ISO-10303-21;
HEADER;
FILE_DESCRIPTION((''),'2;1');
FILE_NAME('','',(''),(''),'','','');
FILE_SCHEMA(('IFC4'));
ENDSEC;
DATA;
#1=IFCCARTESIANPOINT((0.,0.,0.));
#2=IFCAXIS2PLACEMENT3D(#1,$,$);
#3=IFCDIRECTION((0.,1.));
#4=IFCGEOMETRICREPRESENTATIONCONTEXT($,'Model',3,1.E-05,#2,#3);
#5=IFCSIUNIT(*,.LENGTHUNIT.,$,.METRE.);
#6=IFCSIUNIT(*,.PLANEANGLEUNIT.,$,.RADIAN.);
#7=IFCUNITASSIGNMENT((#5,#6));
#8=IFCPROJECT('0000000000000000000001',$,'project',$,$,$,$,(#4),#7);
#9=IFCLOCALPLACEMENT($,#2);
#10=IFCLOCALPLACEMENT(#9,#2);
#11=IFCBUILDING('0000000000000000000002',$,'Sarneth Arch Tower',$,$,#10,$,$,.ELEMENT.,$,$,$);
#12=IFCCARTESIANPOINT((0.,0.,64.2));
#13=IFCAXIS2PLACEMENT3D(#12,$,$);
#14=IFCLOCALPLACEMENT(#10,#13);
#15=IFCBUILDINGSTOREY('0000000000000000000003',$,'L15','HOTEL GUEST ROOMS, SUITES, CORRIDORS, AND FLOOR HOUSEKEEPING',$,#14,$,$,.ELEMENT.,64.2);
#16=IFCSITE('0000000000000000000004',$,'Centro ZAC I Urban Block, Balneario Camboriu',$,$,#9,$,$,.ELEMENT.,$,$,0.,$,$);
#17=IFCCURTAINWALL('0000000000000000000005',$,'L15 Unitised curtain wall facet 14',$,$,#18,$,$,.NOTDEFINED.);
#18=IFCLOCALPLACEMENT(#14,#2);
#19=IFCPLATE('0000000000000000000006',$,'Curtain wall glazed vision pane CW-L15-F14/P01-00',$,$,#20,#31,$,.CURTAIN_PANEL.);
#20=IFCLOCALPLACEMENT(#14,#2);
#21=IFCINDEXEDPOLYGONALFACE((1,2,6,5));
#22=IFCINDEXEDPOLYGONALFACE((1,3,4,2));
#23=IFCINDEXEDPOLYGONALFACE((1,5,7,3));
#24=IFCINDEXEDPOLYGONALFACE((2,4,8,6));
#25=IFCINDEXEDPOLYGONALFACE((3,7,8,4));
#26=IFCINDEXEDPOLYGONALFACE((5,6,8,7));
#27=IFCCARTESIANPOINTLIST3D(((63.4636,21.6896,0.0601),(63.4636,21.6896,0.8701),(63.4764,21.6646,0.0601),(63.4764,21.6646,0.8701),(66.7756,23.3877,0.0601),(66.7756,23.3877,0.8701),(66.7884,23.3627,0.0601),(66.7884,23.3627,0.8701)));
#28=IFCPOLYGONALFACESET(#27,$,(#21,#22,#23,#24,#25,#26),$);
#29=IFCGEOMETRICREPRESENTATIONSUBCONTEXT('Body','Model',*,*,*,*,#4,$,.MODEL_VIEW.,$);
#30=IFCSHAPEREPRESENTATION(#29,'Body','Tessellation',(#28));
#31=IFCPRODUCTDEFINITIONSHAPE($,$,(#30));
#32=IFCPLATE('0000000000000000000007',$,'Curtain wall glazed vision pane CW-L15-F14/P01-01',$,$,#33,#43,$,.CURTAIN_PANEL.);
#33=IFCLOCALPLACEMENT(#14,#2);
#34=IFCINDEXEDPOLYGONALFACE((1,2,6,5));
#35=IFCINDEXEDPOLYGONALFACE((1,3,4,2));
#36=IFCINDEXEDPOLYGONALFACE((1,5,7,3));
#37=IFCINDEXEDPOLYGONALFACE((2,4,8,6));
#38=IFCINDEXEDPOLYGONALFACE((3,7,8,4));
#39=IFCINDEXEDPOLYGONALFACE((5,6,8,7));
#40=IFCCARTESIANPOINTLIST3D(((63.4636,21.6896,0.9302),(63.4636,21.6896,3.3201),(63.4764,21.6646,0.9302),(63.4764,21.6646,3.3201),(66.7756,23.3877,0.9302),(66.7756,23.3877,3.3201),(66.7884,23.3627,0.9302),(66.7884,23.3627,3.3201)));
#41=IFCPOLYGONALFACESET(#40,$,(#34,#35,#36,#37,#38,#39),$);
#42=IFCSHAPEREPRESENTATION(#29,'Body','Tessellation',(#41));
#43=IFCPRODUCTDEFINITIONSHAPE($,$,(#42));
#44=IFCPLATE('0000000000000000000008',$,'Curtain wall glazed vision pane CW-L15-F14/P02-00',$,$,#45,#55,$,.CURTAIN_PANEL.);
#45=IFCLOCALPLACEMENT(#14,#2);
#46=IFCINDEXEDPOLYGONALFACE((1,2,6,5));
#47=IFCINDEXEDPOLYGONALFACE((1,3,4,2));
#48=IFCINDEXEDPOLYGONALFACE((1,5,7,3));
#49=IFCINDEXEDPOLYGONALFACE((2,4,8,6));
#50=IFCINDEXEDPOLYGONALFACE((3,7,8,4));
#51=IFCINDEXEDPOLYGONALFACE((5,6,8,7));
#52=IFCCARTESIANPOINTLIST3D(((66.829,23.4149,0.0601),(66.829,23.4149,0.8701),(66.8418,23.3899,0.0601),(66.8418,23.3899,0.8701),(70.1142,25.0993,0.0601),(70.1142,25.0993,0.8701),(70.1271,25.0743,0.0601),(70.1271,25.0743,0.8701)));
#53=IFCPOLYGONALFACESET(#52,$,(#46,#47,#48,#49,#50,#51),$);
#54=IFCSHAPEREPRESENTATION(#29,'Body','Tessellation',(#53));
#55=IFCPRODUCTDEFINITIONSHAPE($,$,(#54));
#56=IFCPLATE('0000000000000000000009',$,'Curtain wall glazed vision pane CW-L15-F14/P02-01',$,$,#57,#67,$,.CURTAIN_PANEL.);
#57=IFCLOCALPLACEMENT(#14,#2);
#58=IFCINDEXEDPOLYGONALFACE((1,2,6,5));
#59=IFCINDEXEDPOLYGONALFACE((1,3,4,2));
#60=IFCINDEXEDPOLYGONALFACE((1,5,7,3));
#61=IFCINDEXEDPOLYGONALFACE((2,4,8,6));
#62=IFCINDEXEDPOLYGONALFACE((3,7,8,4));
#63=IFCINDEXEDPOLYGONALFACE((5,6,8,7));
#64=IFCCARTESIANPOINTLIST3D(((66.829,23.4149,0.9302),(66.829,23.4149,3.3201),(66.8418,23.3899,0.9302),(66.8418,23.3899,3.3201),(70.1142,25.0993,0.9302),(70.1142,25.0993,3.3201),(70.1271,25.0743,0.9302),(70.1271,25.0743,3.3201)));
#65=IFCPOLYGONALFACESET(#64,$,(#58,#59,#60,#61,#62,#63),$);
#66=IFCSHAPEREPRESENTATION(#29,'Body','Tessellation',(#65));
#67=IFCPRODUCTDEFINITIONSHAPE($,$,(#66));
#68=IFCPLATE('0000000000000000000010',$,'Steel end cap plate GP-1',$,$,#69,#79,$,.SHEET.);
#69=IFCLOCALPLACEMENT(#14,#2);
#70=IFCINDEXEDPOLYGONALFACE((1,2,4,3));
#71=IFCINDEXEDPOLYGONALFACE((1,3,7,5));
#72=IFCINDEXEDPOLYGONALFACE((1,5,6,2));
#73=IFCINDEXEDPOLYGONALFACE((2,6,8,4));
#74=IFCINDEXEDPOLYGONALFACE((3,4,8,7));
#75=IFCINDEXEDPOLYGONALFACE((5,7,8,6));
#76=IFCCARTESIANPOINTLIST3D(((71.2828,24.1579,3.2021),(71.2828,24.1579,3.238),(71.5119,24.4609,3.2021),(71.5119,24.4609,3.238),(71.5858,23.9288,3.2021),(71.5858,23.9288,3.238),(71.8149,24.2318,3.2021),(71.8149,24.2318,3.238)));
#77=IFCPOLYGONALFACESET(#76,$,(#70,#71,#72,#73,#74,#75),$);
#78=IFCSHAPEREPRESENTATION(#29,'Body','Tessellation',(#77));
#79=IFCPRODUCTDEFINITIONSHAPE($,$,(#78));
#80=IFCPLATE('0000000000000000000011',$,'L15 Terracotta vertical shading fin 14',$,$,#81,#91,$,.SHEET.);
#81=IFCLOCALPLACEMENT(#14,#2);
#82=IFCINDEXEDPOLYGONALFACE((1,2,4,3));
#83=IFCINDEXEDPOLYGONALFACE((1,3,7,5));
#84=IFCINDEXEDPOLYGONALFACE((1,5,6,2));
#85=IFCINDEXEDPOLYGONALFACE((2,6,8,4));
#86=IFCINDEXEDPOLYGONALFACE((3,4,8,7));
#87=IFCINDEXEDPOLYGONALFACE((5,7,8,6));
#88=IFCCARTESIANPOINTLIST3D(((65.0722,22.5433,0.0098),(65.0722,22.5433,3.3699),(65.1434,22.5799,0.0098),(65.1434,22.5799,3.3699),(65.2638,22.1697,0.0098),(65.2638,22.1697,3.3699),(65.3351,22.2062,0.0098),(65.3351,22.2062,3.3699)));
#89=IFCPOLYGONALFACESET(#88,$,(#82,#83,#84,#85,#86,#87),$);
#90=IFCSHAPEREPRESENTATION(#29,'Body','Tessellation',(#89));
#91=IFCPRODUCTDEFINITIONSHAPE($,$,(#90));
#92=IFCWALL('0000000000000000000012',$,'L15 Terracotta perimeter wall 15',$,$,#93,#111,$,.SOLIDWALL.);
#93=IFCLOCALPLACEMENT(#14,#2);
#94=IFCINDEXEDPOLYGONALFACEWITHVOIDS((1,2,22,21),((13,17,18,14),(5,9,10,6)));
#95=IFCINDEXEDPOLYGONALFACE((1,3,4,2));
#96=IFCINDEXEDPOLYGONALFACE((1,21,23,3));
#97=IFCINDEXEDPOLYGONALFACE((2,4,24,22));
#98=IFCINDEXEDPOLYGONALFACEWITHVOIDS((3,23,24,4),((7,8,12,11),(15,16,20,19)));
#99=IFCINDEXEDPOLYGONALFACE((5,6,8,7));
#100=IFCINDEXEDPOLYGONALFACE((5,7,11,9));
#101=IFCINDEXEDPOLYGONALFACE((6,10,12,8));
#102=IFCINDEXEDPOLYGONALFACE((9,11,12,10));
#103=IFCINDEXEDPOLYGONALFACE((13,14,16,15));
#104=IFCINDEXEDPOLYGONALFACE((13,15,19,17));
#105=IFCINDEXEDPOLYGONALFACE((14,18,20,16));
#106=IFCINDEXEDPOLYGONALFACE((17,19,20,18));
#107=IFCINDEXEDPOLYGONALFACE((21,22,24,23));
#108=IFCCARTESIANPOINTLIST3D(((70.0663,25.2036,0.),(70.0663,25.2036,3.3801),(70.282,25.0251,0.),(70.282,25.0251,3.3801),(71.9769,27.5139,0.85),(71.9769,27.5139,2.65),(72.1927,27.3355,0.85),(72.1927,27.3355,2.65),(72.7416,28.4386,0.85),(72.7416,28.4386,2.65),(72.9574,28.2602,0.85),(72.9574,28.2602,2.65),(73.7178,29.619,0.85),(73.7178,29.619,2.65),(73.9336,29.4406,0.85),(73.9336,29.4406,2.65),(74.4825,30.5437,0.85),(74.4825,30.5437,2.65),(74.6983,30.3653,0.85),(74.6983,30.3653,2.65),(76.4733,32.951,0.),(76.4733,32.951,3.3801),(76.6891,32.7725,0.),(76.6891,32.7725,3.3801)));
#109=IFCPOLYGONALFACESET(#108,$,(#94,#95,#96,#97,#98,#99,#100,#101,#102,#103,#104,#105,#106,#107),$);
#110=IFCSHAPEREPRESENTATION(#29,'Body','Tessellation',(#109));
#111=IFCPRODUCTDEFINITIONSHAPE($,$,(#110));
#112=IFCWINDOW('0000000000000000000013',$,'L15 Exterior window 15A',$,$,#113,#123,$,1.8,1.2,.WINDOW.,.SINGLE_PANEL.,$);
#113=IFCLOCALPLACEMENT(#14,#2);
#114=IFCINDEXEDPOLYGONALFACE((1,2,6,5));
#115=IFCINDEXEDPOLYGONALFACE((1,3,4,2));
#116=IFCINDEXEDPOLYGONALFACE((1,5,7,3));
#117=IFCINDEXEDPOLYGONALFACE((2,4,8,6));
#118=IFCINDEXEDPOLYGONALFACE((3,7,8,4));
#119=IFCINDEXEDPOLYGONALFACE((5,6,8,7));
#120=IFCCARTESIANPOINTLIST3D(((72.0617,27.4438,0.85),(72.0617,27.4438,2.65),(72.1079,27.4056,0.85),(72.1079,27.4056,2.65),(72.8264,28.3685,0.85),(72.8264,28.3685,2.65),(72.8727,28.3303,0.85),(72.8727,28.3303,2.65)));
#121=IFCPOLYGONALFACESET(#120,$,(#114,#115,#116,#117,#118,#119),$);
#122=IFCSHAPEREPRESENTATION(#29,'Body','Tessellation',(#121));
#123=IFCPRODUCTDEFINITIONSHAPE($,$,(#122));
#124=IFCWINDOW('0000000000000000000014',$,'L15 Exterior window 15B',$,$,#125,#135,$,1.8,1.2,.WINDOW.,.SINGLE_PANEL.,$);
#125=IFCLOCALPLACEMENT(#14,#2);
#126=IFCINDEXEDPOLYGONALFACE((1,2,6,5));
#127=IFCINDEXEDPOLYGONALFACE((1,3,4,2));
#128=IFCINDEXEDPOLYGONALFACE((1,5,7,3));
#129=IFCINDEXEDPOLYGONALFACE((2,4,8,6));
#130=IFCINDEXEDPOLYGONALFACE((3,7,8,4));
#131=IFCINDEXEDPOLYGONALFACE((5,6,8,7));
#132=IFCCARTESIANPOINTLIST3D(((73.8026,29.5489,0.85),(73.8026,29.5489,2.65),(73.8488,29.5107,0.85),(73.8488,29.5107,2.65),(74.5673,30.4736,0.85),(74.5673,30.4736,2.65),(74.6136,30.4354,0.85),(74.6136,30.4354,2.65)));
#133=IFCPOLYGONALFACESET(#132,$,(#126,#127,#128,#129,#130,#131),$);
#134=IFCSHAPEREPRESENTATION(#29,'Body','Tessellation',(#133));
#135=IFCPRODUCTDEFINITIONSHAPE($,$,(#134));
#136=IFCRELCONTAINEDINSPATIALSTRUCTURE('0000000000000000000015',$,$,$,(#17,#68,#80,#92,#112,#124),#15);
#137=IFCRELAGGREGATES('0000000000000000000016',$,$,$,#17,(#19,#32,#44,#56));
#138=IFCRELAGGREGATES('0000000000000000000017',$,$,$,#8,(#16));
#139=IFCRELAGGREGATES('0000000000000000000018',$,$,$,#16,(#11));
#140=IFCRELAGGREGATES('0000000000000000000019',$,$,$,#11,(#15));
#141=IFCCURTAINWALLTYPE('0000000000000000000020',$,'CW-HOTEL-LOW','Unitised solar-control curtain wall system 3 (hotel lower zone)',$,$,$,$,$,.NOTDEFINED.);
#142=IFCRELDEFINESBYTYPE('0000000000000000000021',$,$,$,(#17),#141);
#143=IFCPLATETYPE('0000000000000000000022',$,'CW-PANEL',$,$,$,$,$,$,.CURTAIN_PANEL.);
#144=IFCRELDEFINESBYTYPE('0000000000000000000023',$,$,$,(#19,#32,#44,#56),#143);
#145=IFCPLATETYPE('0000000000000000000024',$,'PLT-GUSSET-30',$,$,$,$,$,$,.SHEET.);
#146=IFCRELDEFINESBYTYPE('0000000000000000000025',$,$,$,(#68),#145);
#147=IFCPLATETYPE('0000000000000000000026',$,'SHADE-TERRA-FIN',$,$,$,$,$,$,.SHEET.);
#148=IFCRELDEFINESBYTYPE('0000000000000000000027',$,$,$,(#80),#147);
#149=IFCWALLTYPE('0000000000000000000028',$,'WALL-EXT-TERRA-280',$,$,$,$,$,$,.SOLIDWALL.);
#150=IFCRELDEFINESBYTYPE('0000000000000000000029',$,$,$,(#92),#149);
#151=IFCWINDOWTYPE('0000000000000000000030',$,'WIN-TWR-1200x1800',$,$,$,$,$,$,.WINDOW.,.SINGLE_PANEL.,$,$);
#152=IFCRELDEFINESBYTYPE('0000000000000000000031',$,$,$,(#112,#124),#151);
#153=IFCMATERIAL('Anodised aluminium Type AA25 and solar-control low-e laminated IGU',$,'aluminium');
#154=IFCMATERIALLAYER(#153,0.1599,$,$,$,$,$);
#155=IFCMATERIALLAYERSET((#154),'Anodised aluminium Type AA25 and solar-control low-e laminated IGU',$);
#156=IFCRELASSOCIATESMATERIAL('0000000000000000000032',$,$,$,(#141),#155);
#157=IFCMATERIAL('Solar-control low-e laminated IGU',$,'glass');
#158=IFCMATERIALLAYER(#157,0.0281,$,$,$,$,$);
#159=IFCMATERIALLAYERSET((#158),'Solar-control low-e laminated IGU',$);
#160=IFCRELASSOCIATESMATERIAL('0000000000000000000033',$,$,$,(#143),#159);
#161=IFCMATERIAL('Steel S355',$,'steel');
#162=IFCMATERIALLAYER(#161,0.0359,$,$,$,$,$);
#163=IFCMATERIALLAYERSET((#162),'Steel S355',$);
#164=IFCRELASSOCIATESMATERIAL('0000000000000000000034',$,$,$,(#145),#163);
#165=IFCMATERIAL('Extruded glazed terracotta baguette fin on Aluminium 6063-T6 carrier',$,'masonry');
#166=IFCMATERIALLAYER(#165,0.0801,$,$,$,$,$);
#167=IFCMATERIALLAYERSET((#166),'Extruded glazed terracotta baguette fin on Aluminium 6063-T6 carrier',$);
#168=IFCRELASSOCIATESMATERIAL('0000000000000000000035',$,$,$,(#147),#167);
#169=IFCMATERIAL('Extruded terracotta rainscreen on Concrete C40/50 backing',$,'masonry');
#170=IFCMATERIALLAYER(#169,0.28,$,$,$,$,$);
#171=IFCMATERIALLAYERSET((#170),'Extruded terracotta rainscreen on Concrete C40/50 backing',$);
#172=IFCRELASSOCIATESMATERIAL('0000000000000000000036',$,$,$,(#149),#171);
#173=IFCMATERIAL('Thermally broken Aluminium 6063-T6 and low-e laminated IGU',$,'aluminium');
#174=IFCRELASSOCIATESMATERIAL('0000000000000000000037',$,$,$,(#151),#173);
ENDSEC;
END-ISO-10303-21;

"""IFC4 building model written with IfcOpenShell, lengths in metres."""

from ifc_helpers import new_model, si_unit, direction, frame, frame_2d, origin, origin_2d, place, context, subcontext, project, spatial, rectangle, extrude, material, layer, layer_set, type_object, element, fill, aggregate, save


model = new_model("IFC4")

# Units and contexts
model_context = context("Model", 3, precision=1e-05, world=origin(), true_north=direction((0.0, 1.0)))
body_context = subcontext(model_context, "Body", "Model", "MODEL_VIEW")
ifc_project = project(units=[si_unit("LENGTHUNIT", "METRE"), si_unit("PLANEANGLEUNIT", "RADIAN")], contexts=[model_context])

# Site, building, storey
site_placement = place(None, origin())
site = spatial("IfcSite", under=ifc_project, at=site_placement, Name="Centro ZAC I Urban Block, Balneario Camboriu", CompositionType="ELEMENT", RefElevation=0.0)
building_placement = place(site_placement, origin())
building = spatial("IfcBuilding", under=site, at=building_placement, Name="Sarneth Arch Tower", CompositionType="ELEMENT")
storey_placement = place(building_placement, frame((0.0, 0.0, 64.2)))
storey = spatial("IfcBuildingStorey", under=building, at=storey_placement, Name="L15", Description="HOTEL GUEST ROOMS, SUITES, CORRIDORS, AND FLOOR HOUSEKEEPING", CompositionType="ELEMENT", Elevation=64.2)

# Curtain wall, plates
ifc_material_1 = material(Name="Anodised aluminium Type AA25 and solar-control low-e laminated IGU", Category="aluminium")
ifc_layer_1 = layer(ifc_material_1, 0.1599)
ifc_layer_set_1 = layer_set([ifc_layer_1], Name="Anodised aluminium Type AA25 and solar-control low-e laminated IGU")
curtain_wall_type = type_object("IfcCurtainWallType", Name="CW-HOTEL-LOW", Description="Unitised solar-control curtain wall system 3 (hotel lower zone)", PredefinedType="NOTDEFINED", material=ifc_layer_set_1)
curtain_wall_placement = place(storey_placement, origin())
curtain_wall = element("IfcCurtainWall", 1, at=curtain_wall_placement, inside=storey, type_object=curtain_wall_type, Name="L15 Unitised curtain wall facet 14", PredefinedType="NOTDEFINED")
ifc_material_2 = material(Name="Solar-control low-e laminated IGU", Category="glass")
ifc_layer_2 = layer(ifc_material_2, 0.0281)
ifc_layer_set_2 = layer_set([ifc_layer_2], Name="Solar-control low-e laminated IGU")
plate_type_1 = type_object("IfcPlateType", Name="CW-PANEL", PredefinedType="CURTAIN_PANEL", material=ifc_layer_set_2)
plate_1_placement = place(storey_placement, frame((65.126, 22.5261, 0.0601), z_axis=(0.0, 0.0, 1.0), x_axis=(0.889854, 0.456245, 0.0)))
plate_1 = element("IfcPlate", 2, at=plate_1_placement, type_object=plate_type_1, Name="Curtain wall glazed vision pane CW-L15-F14/P01-00", PredefinedType="CURTAIN_PANEL", context=body_context, shape_type="SweptSolid", body=[
    extrude(rectangle(XDim=3.7219, YDim=0.0281, at=origin_2d()), origin(), (0.0, 0.0, 1.0), 0.8101),
])
plate_2_placement = place(storey_placement, frame((65.126, 22.5261, 0.9302), z_axis=(0.0, 0.0, 1.0), x_axis=(0.889854, 0.456245, 0.0)))
plate_2 = element("IfcPlate", 3, at=plate_2_placement, type_object=plate_type_1, Name="Curtain wall glazed vision pane CW-L15-F14/P01-01", PredefinedType="CURTAIN_PANEL", context=body_context, shape_type="SweptSolid", body=[
    extrude(rectangle(XDim=3.7219, YDim=0.0281, at=origin_2d()), origin(), (0.0, 0.0, 1.0), 2.3899),
])
plate_3_placement = place(storey_placement, frame((68.478, 24.2446, 0.0601), z_axis=(0.0, 0.0, 1.0), x_axis=(0.889854, 0.456245, 0.0)))
plate_3 = element("IfcPlate", 4, at=plate_3_placement, type_object=plate_type_1, Name="Curtain wall glazed vision pane CW-L15-F14/P02-00", PredefinedType="CURTAIN_PANEL", context=body_context, shape_type="SweptSolid", body=[
    extrude(rectangle(XDim=3.6919, YDim=0.0281, at=origin_2d()), origin(), (0.0, 0.0, 1.0), 0.8101),
])
plate_4_placement = place(storey_placement, frame((68.478, 24.2446, 0.9302), z_axis=(0.0, 0.0, 1.0), x_axis=(0.889854, 0.456245, 0.0)))
plate_4 = element("IfcPlate", 5, at=plate_4_placement, type_object=plate_type_1, Name="Curtain wall glazed vision pane CW-L15-F14/P02-01", PredefinedType="CURTAIN_PANEL", context=body_context, shape_type="SweptSolid", body=[
    extrude(rectangle(XDim=3.6919, YDim=0.0281, at=origin_2d()), origin(), (0.0, 0.0, 1.0), 2.3899),
])
aggregate(curtain_wall, [plate_1, plate_2, plate_3, plate_4])

# Plates
ifc_material_3 = material(Name="Steel S355", Category="steel")
ifc_layer_3 = layer(ifc_material_3, 0.0359)
ifc_layer_set_3 = layer_set([ifc_layer_3], Name="Steel S355")
plate_type_2 = type_object("IfcPlateType", Name="PLT-GUSSET-30", PredefinedType="SHEET", material=ifc_layer_set_3)
plate_5_placement = place(storey_placement, frame((71.5488, 24.1948, 3.2021), z_axis=(0.0, 0.0, 1.0), x_axis=(0.797689, -0.603069, 0.0)))
element("IfcPlate", 6, at=plate_5_placement, inside=storey, type_object=plate_type_2, Name="Steel end cap plate GP-1", PredefinedType="SHEET", context=body_context, shape_type="SweptSolid", body=[
    extrude(rectangle(XDim=0.3799, YDim=0.3799, at=origin_2d()), origin(), (0.0, 0.0, 1.0), 0.0359),
])
ifc_material_4 = material(Name="Extruded glazed terracotta baguette fin on Aluminium 6063-T6 carrier", Category="masonry")
ifc_layer_4 = layer(ifc_material_4, 0.0801)
ifc_layer_set_4 = layer_set([ifc_layer_4], Name="Extruded glazed terracotta baguette fin on Aluminium 6063-T6 carrier")
plate_type_3 = type_object("IfcPlateType", Name="SHADE-TERRA-FIN", PredefinedType="SHEET", material=ifc_layer_set_4)
plate_6_placement = place(storey_placement, frame((65.2036, 22.3748, 0.0098), z_axis=(0.0, 0.0, 1.0), x_axis=(0.456322, -0.889815, 0.0)))
element("IfcPlate", 7, at=plate_6_placement, inside=storey, type_object=plate_type_3, Name="L15 Terracotta vertical shading fin 14", PredefinedType="SHEET", context=body_context, shape_type="SweptSolid", body=[
    extrude(rectangle(XDim=0.4199, YDim=0.0801, at=origin_2d()), origin(), (0.0, 0.0, 1.0), 3.3601),
])

# Wall, openings, windows
ifc_material_5 = material(Name="Extruded terracotta rainscreen on Concrete C40/50 backing", Category="masonry")
ifc_layer_5 = layer(ifc_material_5, 0.28)
ifc_layer_set_5 = layer_set([ifc_layer_5], Name="Extruded terracotta rainscreen on Concrete C40/50 backing")
wall_type = type_object("IfcWallType", Name="WALL-EXT-TERRA-280", PredefinedType="SOLIDWALL", material=ifc_layer_set_5)
wall_placement = place(storey_placement, frame((70.1741, 25.1143, 0.0), z_axis=(0.0, 0.0, 1.0), x_axis=(0.637297, 0.770618, 0.0)))
wall = element("IfcWall", 8, at=wall_placement, inside=storey, type_object=wall_type, Name="L15 Terracotta perimeter wall 15", PredefinedType="SOLIDWALL", context=body_context, shape_type="SweptSolid", body=[
    extrude(rectangle(XDim=10.0535, YDim=0.28, at=frame_2d((5.0269, 0.0))), origin(), (0.0, 0.0, 1.0), 3.3801),
])
opening_1_placement = place(wall_placement, frame((2.998, 0.0, 0.8501)))
opening_1 = element("IfcOpeningElement", 9, at=opening_1_placement, cuts=wall, PredefinedType="OPENING", context=body_context, shape_type="SweptSolid", body=[
    extrude(rectangle(XDim=1.2, YDim=1.8, at=frame_2d((0.6001, 0.8999))), frame((0.0, 0.1499, 0.0), z_axis=(0.0, -1.0, 0.0), x_axis=(1.0, 0.0, 0.0)), (0.0, 0.0, 1.0), 0.3),
])
opening_2_placement = place(wall_placement, frame((5.7297, 0.0, 0.8501)))
opening_2 = element("IfcOpeningElement", 10, at=opening_2_placement, cuts=wall, PredefinedType="OPENING", context=body_context, shape_type="SweptSolid", body=[
    extrude(rectangle(XDim=1.2, YDim=1.8, at=frame_2d((0.6001, 0.8999))), frame((0.0, 0.1499, 0.0), z_axis=(0.0, -1.0, 0.0), x_axis=(1.0, 0.0, 0.0)), (0.0, 0.0, 1.0), 0.3),
])
ifc_material_6 = material(Name="Thermally broken Aluminium 6063-T6 and low-e laminated IGU", Category="aluminium")
window_type = type_object("IfcWindowType", Name="WIN-TWR-1200x1800", PartitioningType="SINGLE_PANEL", PredefinedType="WINDOW", material=ifc_material_6)
window_1_placement = place(opening_1_placement, origin())
window_1 = element("IfcWindow", 11, at=window_1_placement, inside=storey, type_object=window_type, Name="L15 Exterior window 15A", OverallHeight=1.8, OverallWidth=1.2, PartitioningType="SINGLE_PANEL", PredefinedType="WINDOW", context=body_context, shape_type="SweptSolid", body=[
    extrude(rectangle(XDim=1.2, YDim=1.8, at=frame_2d((0.6001, 0.8999))), frame((0.0, 0.03, 0.0), z_axis=(0.0, -1.0, 0.0), x_axis=(1.0, 0.0, 0.0)), (0.0, 0.0, 1.0), 0.0601),
])
fill(opening_1, window_1)
window_2_placement = place(opening_2_placement, origin())
window_2 = element("IfcWindow", 12, at=window_2_placement, inside=storey, type_object=window_type, Name="L15 Exterior window 15B", OverallHeight=1.8, OverallWidth=1.2, PartitioningType="SINGLE_PANEL", PredefinedType="WINDOW", context=body_context, shape_type="SweptSolid", body=[
    extrude(rectangle(XDim=1.2, YDim=1.8, at=frame_2d((0.6001, 0.8999))), frame((0.0, 0.03, 0.0), z_axis=(0.0, -1.0, 0.0), x_axis=(1.0, 0.0, 0.0)), (0.0, 0.0, 1.0), 0.0601),
])
fill(opening_2, window_2)

save(model, "model.ifc")
